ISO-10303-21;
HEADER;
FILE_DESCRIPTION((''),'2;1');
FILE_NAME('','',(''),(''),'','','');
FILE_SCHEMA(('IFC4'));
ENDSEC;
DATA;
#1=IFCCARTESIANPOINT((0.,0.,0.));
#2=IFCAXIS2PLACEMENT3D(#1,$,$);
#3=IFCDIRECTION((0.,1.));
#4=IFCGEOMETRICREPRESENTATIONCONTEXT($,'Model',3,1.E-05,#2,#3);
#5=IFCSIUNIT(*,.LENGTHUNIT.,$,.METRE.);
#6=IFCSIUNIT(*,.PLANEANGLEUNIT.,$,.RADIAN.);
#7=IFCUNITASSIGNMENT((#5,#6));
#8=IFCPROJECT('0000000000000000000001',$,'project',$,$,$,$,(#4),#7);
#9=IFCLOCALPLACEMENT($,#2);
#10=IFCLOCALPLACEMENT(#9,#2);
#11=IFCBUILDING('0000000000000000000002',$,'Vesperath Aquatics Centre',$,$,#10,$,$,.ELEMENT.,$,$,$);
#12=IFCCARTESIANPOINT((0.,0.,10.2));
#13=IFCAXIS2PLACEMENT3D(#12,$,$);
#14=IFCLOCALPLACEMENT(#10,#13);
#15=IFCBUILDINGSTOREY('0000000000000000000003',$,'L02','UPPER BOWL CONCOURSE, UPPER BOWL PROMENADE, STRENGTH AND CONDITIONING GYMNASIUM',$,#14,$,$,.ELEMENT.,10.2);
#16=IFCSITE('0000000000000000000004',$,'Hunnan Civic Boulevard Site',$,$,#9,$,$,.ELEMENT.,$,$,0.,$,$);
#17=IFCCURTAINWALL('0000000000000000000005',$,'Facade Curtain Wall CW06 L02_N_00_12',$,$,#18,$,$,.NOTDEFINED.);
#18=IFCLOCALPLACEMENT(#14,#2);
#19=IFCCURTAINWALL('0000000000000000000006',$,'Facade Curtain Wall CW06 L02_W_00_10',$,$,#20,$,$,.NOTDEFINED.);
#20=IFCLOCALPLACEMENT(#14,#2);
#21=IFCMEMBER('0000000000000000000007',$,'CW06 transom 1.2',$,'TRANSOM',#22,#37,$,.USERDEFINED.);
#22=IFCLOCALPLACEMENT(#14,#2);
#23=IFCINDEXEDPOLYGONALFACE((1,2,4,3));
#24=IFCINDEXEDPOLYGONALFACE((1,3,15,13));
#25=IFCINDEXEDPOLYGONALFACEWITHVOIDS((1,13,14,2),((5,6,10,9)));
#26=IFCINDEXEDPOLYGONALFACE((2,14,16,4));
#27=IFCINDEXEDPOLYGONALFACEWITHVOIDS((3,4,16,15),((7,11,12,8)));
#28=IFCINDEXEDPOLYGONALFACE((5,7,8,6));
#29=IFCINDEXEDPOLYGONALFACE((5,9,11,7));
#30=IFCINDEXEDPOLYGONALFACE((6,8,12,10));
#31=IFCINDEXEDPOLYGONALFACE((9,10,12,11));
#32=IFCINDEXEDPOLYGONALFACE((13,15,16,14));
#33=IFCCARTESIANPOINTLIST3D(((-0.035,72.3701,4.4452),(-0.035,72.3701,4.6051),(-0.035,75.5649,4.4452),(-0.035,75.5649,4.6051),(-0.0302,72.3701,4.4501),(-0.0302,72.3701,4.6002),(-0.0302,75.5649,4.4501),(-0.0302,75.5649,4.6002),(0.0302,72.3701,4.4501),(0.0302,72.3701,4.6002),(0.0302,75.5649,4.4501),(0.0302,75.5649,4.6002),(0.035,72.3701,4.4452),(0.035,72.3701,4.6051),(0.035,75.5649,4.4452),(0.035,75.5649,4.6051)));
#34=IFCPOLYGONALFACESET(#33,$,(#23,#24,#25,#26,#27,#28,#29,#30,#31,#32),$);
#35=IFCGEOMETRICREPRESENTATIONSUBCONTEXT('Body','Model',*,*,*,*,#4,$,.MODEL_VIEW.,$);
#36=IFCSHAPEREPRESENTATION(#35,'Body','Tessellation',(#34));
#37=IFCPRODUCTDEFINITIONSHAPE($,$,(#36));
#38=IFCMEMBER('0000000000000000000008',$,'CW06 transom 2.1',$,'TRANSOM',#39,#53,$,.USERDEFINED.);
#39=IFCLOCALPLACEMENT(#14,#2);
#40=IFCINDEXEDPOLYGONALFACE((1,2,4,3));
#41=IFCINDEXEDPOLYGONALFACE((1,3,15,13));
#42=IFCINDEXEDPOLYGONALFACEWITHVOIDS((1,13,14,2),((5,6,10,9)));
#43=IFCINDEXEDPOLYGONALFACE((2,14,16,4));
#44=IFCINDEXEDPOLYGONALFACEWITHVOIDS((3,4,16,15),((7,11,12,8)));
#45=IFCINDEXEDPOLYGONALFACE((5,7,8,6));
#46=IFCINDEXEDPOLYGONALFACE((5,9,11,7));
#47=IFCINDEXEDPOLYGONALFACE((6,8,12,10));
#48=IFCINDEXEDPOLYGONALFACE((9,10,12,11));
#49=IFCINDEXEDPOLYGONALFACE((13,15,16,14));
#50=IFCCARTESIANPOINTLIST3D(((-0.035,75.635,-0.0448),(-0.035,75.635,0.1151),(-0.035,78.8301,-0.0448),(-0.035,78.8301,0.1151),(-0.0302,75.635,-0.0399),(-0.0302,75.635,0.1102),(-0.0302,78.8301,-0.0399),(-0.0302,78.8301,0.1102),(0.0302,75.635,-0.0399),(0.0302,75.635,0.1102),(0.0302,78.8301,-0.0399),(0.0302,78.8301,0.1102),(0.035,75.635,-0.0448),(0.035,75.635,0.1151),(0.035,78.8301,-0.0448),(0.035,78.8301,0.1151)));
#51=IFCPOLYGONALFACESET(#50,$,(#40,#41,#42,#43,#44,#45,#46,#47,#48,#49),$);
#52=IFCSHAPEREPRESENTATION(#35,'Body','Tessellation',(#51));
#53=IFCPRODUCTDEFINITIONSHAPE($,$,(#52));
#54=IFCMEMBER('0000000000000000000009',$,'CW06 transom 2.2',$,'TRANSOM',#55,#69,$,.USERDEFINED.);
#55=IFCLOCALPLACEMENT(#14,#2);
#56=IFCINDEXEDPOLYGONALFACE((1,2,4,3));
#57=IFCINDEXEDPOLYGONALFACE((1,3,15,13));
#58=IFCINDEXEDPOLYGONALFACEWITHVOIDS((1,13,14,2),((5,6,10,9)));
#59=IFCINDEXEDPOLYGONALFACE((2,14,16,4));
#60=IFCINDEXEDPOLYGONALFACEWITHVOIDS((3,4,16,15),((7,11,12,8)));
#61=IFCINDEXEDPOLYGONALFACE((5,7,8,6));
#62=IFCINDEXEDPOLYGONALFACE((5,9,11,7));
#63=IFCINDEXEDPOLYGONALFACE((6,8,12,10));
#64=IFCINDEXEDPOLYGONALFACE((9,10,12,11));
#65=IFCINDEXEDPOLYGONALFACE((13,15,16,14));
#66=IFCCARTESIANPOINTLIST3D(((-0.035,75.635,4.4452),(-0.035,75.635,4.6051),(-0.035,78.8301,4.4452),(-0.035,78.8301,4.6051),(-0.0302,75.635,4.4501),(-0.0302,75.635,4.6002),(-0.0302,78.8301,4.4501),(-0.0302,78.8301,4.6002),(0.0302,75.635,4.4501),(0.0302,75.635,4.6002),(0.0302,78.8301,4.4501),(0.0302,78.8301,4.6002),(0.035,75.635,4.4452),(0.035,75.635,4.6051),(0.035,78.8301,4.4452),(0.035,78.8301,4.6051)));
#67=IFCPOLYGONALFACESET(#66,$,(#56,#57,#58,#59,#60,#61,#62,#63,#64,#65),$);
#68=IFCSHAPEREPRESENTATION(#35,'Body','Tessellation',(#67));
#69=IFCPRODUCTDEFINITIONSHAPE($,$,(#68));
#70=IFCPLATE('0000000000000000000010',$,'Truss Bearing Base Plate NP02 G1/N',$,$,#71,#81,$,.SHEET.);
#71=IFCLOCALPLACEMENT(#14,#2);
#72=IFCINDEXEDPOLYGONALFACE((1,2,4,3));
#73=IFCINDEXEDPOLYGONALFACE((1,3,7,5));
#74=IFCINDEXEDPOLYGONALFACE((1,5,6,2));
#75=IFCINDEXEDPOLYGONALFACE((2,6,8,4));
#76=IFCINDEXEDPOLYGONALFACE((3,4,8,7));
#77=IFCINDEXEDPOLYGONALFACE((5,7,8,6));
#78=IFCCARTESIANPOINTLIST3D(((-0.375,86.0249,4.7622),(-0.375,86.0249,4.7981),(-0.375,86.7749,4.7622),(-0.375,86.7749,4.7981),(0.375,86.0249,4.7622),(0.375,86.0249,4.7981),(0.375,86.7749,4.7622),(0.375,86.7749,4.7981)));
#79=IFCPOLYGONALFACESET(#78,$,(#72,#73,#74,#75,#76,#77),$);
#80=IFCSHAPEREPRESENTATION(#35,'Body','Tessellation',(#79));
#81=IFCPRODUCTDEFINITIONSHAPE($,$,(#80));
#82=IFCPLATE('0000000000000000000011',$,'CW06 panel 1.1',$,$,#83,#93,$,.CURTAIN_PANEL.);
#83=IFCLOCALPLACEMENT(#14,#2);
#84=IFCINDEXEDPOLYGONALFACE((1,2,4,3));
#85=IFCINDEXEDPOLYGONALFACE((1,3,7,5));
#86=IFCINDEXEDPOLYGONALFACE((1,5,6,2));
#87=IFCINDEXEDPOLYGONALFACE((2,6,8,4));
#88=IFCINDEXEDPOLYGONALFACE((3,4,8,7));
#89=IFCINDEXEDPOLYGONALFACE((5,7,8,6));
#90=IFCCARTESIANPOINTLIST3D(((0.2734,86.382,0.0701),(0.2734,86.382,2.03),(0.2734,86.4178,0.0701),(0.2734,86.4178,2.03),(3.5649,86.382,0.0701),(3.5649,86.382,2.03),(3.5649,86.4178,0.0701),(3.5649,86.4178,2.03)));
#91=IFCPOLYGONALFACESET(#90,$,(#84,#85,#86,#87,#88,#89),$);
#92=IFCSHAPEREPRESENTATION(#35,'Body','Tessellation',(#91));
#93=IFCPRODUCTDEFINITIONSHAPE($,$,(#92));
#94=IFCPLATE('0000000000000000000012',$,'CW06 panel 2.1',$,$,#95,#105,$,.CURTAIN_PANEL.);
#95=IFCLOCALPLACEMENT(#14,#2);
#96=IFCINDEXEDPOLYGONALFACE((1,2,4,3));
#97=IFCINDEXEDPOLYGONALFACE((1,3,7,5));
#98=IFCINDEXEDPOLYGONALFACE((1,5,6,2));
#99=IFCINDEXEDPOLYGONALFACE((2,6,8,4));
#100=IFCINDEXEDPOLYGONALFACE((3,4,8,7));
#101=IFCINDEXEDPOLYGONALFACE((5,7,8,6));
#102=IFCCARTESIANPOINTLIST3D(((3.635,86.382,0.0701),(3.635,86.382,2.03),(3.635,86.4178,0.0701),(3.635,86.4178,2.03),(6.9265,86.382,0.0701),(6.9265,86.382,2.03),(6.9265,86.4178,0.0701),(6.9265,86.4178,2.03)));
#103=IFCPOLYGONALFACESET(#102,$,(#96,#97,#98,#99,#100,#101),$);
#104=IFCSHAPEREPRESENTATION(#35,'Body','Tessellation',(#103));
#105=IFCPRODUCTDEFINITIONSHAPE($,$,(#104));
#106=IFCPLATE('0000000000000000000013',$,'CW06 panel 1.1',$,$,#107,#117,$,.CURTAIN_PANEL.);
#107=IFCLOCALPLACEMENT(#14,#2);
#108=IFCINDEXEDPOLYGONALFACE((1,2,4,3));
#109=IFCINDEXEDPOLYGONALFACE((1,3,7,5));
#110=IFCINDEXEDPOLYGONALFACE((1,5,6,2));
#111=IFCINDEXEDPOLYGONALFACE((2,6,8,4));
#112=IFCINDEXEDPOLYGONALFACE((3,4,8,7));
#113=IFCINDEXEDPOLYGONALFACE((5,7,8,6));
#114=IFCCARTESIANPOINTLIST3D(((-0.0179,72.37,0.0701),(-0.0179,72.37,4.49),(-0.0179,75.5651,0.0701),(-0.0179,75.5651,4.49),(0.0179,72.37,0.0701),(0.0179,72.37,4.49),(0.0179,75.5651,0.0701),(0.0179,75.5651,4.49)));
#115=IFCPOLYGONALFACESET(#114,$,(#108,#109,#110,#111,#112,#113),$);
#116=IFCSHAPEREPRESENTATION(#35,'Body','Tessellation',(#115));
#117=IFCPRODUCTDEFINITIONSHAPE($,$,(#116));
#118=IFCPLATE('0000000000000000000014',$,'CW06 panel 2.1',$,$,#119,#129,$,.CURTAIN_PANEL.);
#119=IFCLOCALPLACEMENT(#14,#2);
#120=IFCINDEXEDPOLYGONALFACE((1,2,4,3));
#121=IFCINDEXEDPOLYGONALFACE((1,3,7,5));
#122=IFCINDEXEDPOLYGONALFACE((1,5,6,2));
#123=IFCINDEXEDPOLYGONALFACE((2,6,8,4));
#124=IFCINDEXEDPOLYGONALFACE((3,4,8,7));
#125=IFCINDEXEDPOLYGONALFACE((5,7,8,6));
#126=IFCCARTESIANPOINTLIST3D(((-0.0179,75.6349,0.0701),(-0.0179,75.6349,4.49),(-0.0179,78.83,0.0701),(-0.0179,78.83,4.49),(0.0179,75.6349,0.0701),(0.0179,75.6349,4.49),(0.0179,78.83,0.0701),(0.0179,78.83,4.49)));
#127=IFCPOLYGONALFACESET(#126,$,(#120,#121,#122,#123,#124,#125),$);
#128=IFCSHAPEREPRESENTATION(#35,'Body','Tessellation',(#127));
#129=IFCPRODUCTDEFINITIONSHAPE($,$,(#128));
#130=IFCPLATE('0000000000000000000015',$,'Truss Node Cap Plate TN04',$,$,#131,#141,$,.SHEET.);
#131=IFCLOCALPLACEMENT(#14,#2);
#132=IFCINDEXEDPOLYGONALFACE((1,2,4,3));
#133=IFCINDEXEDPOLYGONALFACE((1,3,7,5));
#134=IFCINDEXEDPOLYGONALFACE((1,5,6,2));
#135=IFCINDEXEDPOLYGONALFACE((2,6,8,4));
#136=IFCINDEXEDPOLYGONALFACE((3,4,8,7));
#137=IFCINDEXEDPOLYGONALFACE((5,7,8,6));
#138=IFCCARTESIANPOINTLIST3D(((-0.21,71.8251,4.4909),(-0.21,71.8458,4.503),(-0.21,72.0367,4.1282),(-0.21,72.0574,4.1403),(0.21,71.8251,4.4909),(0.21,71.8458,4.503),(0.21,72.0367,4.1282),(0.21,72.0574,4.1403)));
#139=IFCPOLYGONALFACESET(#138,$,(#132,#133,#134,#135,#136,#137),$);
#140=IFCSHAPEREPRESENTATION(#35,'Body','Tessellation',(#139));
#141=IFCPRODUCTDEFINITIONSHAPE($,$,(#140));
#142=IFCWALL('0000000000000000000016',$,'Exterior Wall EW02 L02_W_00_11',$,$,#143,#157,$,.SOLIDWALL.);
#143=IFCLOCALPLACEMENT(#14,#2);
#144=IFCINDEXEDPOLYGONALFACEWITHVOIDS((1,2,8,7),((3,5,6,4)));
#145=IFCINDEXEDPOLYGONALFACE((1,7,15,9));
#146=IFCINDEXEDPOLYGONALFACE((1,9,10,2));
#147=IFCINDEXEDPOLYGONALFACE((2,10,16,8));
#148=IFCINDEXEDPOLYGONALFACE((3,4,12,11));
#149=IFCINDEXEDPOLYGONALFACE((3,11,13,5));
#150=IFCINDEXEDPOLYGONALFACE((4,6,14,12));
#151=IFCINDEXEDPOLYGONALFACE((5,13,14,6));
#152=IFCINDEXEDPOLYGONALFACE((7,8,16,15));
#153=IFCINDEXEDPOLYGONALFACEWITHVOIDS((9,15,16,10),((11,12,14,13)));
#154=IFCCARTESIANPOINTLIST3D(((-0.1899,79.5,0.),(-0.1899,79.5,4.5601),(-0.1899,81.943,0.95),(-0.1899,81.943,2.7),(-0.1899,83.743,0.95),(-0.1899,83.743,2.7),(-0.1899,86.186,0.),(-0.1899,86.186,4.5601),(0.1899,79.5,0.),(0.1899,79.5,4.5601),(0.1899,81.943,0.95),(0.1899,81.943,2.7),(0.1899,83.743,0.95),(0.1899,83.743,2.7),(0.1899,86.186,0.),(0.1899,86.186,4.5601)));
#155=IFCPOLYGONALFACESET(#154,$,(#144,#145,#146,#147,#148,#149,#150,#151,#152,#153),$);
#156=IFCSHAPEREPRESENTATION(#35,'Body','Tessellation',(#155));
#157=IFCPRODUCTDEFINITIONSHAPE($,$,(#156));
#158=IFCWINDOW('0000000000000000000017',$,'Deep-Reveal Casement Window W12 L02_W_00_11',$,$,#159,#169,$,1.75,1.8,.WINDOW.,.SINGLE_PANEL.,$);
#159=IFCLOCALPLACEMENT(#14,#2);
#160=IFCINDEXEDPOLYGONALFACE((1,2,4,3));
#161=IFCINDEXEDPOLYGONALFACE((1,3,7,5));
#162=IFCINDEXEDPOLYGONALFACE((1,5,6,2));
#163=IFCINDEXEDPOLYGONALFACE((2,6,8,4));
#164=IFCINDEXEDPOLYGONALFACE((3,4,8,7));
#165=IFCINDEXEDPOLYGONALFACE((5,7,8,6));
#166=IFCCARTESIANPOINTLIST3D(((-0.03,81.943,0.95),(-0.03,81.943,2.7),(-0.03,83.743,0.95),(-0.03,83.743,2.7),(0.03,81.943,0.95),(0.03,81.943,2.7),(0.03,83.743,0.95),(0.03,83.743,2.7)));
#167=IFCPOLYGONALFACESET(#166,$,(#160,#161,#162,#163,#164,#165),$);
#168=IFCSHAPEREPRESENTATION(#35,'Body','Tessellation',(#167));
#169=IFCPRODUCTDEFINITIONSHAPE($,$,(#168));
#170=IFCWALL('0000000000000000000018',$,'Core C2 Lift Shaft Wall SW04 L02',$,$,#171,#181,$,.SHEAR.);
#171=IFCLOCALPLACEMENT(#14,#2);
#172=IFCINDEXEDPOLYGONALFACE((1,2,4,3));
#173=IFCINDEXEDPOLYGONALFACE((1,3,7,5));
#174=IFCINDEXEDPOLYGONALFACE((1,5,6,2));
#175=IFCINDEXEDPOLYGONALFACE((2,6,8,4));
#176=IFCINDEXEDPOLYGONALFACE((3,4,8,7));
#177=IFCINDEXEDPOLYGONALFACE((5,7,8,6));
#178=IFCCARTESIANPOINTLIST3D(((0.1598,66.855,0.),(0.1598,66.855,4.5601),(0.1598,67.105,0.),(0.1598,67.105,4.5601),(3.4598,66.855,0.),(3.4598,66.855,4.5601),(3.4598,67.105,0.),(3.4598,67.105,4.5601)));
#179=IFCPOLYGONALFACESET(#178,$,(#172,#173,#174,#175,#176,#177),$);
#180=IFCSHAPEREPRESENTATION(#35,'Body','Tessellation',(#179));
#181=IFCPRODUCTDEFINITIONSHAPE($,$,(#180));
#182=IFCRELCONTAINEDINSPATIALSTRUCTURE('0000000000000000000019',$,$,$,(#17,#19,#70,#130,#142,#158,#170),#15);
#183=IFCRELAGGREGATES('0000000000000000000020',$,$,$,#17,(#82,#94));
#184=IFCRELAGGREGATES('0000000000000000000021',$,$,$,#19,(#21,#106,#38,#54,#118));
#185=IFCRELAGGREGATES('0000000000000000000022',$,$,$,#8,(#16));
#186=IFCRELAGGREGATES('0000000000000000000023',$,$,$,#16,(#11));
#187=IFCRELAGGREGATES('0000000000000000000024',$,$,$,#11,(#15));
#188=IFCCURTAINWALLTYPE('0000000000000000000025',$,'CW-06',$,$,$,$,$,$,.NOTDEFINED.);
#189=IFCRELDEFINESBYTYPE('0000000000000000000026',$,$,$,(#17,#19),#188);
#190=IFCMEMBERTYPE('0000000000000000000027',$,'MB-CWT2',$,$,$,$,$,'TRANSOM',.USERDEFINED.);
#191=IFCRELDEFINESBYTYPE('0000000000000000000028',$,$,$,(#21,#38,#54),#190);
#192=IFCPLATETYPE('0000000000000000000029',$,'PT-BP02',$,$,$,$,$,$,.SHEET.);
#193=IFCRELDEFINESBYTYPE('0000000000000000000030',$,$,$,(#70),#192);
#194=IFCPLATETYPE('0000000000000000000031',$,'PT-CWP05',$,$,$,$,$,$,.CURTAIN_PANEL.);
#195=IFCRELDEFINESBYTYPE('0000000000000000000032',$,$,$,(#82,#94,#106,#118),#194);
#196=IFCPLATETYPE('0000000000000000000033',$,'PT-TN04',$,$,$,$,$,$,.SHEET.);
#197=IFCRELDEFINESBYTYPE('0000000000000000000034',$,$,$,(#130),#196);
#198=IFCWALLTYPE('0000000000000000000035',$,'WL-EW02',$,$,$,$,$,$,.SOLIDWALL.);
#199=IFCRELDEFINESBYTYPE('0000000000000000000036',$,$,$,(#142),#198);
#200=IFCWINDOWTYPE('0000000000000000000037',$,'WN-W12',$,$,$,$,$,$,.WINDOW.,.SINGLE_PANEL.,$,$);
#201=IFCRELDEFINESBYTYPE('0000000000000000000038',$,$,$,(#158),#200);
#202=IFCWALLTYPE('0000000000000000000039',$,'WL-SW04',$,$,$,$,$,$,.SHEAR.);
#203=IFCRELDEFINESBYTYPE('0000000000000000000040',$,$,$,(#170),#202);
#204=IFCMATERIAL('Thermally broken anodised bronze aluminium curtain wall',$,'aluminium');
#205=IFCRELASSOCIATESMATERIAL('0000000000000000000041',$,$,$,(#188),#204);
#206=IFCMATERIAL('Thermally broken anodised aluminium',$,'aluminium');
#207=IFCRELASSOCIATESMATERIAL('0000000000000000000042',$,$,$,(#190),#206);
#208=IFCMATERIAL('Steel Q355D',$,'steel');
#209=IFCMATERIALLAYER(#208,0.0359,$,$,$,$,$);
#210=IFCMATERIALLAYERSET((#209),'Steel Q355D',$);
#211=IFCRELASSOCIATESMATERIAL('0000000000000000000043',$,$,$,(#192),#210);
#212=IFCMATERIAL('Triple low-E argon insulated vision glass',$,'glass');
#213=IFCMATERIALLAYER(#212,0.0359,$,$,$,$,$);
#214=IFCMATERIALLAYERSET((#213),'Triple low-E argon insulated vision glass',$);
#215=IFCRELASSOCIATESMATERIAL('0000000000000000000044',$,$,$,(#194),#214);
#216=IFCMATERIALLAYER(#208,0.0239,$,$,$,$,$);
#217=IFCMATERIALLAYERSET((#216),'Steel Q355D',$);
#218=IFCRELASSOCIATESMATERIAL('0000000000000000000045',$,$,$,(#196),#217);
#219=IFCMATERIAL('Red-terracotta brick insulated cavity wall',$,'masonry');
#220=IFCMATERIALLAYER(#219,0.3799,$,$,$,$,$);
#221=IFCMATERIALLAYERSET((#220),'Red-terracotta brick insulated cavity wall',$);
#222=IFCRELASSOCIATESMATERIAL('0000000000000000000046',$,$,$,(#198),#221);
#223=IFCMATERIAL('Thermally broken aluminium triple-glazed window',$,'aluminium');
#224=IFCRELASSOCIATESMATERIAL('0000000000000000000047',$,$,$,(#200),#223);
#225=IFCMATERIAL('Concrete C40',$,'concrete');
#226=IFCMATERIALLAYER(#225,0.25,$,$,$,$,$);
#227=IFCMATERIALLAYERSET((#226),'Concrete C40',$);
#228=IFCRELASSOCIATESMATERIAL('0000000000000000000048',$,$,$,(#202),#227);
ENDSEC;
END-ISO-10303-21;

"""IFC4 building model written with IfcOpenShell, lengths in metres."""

from ifc_helpers import new_model, si_unit, direction, frame, frame_2d, origin, origin_2d, place, context, subcontext, project, spatial, rectangle, hollow_rectangle, extrude, material, layer, layer_set, material_profile, profile_set, type_object, element, fill, aggregate, save


model = new_model("IFC4")

# Units and contexts
model_context = context("Model", 3, precision=1e-05, world=origin(), true_north=direction((0.0, 1.0)))
body_context = subcontext(model_context, "Body", "Model", "MODEL_VIEW")
ifc_project = project(units=[si_unit("LENGTHUNIT", "METRE"), si_unit("PLANEANGLEUNIT", "RADIAN")], contexts=[model_context])

# Site, building, storey
site_placement = place(None, origin())
site = spatial("IfcSite", under=ifc_project, at=site_placement, Name="Hunnan Civic Boulevard Site", CompositionType="ELEMENT", RefElevation=0.0)
building_placement = place(site_placement, origin())
building = spatial("IfcBuilding", under=site, at=building_placement, Name="Vesperath Aquatics Centre", CompositionType="ELEMENT")
storey_placement = place(building_placement, frame((0.0, 0.0, 10.2)))
storey = spatial("IfcBuildingStorey", under=building, at=storey_placement, Name="L02", Description="UPPER BOWL CONCOURSE, UPPER BOWL PROMENADE, STRENGTH AND CONDITIONING GYMNASIUM", CompositionType="ELEMENT", Elevation=10.2)

# Shared definitions
ifc_material_1 = material(Name="Concrete C40", Category="concrete")
ifc_material_2 = material(Name="Steel Q355D", Category="steel")

# Curtain walls
ifc_material_3 = material(Name="Thermally broken anodised bronze aluminium curtain wall", Category="aluminium")
curtain_wall_type = type_object("IfcCurtainWallType", Name="CW-06", PredefinedType="NOTDEFINED", material=ifc_material_3)
curtain_wall_1_placement = place(storey_placement, origin())
curtain_wall_1 = element("IfcCurtainWall", 1, at=curtain_wall_1_placement, inside=storey, type_object=curtain_wall_type, Name="Facade Curtain Wall CW06 L02_N_00_12", PredefinedType="NOTDEFINED")
ifc_material_4 = material(Name="Thermally broken anodised aluminium", Category="aluminium")
curtain_wall_2_placement = place(storey_placement, origin())
curtain_wall_2 = element("IfcCurtainWall", 2, at=curtain_wall_2_placement, inside=storey, type_object=curtain_wall_type, Name="Facade Curtain Wall CW06 L02_W_00_10", PredefinedType="NOTDEFINED")

# Members
ifc_material_profile_1 = material_profile(ifc_material_4, hollow_rectangle(XDim=0.0701, YDim=0.1599, WallThickness=0.0049, at=origin_2d()), Name="CWT 70x160x5")
ifc_profile_set_1 = profile_set([ifc_material_profile_1], Name="Thermally broken anodised aluminium")
member_type_1 = type_object("IfcMemberType", Name="MB-CWT2", ElementType="TRANSOM", PredefinedType="USERDEFINED", material=ifc_profile_set_1)
member_1_placement = place(storey_placement, frame((0.0, 72.3701, 4.5251), z_axis=(0.0, 1.0, 0.0), x_axis=(-1.0, 0.0, 0.0)))
member_1 = element("IfcMember", 3, at=member_1_placement, type_object=member_type_1, Name="CW06 transom 1.2", ObjectType="TRANSOM", PredefinedType="USERDEFINED", context=body_context, shape_type="SweptSolid", body=[
    extrude(hollow_rectangle(XDim=0.0701, YDim=0.1599, WallThickness=0.0049, at=origin_2d()), origin(), (0.0, 0.0, 1.0), 3.1948),
])
member_2_placement = place(storey_placement, frame((0.0, 75.635, 0.0352), z_axis=(0.0, 1.0, 0.0), x_axis=(-1.0, 0.0, 0.0)))
member_2 = element("IfcMember", 4, at=member_2_placement, type_object=member_type_1, Name="CW06 transom 2.1", ObjectType="TRANSOM", PredefinedType="USERDEFINED", context=body_context, shape_type="SweptSolid", body=[
    extrude(hollow_rectangle(XDim=0.0701, YDim=0.1599, WallThickness=0.0049, at=origin_2d()), origin(), (0.0, 0.0, 1.0), 3.1951),
])
member_3_placement = place(storey_placement, frame((0.0, 75.635, 4.5251), z_axis=(0.0, 1.0, 0.0), x_axis=(-1.0, 0.0, 0.0)))
member_3 = element("IfcMember", 5, at=member_3_placement, type_object=member_type_1, Name="CW06 transom 2.2", ObjectType="TRANSOM", PredefinedType="USERDEFINED", context=body_context, shape_type="SweptSolid", body=[
    extrude(hollow_rectangle(XDim=0.0701, YDim=0.1599, WallThickness=0.0049, at=origin_2d()), origin(), (0.0, 0.0, 1.0), 3.1951),
])

# Plates
ifc_layer_1 = layer(ifc_material_2, 0.0359)
ifc_layer_set_1 = layer_set([ifc_layer_1], Name="Steel Q355D")
plate_type_1 = type_object("IfcPlateType", Name="PT-BP02", PredefinedType="SHEET", material=ifc_layer_set_1)
plate_1_placement = place(storey_placement, frame((0.0, 86.3999, 4.7622), z_axis=(0.0, 0.0, 1.0), x_axis=(1.0, 0.0, 0.0)))
element("IfcPlate", 6, at=plate_1_placement, inside=storey, type_object=plate_type_1, Name="Truss Bearing Base Plate NP02 G1/N", PredefinedType="SHEET", context=body_context, shape_type="SweptSolid", body=[
    extrude(rectangle(XDim=0.75, YDim=0.75, at=origin_2d()), origin(), (0.0, 0.0, 1.0), 0.0359),
])
ifc_material_5 = material(Name="Triple low-E argon insulated vision glass", Category="glass")
ifc_layer_2 = layer(ifc_material_5, 0.0359)
ifc_layer_set_2 = layer_set([ifc_layer_2], Name="Triple low-E argon insulated vision glass")
plate_type_2 = type_object("IfcPlateType", Name="PT-CWP05", PredefinedType="CURTAIN_PANEL", material=ifc_layer_set_2)
plate_2_placement = place(storey_placement, frame((1.9192, 86.3999, 0.0701), z_axis=(0.0, 0.0, 1.0), x_axis=(1.0, 0.0, 0.0)))
plate_2 = element("IfcPlate", 7, at=plate_2_placement, type_object=plate_type_2, Name="CW06 panel 1.1", PredefinedType="CURTAIN_PANEL", context=body_context, shape_type="SweptSolid", body=[
    extrude(rectangle(XDim=3.2915, YDim=0.0359, at=origin_2d()), origin(), (0.0, 0.0, 1.0), 1.96),
])
plate_3_placement = place(storey_placement, frame((5.2808, 86.3999, 0.0701), z_axis=(0.0, 0.0, 1.0), x_axis=(1.0, 0.0, 0.0)))
plate_3 = element("IfcPlate", 8, at=plate_3_placement, type_object=plate_type_2, Name="CW06 panel 2.1", PredefinedType="CURTAIN_PANEL", context=body_context, shape_type="SweptSolid", body=[
    extrude(rectangle(XDim=3.2915, YDim=0.0359, at=origin_2d()), origin(), (0.0, 0.0, 1.0), 1.96),
])
aggregate(curtain_wall_1, [plate_2, plate_3])
plate_4_placement = place(storey_placement, frame((0.0, 73.9675, 0.0701), z_axis=(0.0, 0.0, 1.0), x_axis=(0.0, 1.0, 0.0)))
plate_4 = element("IfcPlate", 9, at=plate_4_placement, type_object=plate_type_2, Name="CW06 panel 1.1", PredefinedType="CURTAIN_PANEL", context=body_context, shape_type="SweptSolid", body=[
    extrude(rectangle(XDim=3.1951, YDim=0.0359, at=origin_2d()), origin(), (0.0, 0.0, 1.0), 4.4199),
])
plate_5_placement = place(storey_placement, frame((0.0, 77.2324, 0.0701), z_axis=(0.0, 0.0, 1.0), x_axis=(0.0, 1.0, 0.0)))
plate_5 = element("IfcPlate", 10, at=plate_5_placement, type_object=plate_type_2, Name="CW06 panel 2.1", PredefinedType="CURTAIN_PANEL", context=body_context, shape_type="SweptSolid", body=[
    extrude(rectangle(XDim=3.1951, YDim=0.0359, at=origin_2d()), origin(), (0.0, 0.0, 1.0), 4.4199),
])
aggregate(curtain_wall_2, [member_1, plate_4, member_2, member_3, plate_5])
ifc_layer_3 = layer(ifc_material_2, 0.0239)
ifc_layer_set_3 = layer_set([ifc_layer_3], Name="Steel Q355D")
plate_type_3 = type_object("IfcPlateType", Name="PT-TN04", PredefinedType="SHEET", material=ifc_layer_set_3)
plate_6_placement = place(storey_placement, frame((0.0, 71.9309, 4.3096), z_axis=(0.0, 0.863779, 0.503871), x_axis=(-1.0, 0.0, 0.0)))
element("IfcPlate", 11, at=plate_6_placement, inside=storey, type_object=plate_type_3, Name="Truss Node Cap Plate TN04", PredefinedType="SHEET", context=body_context, shape_type="SweptSolid", body=[
    extrude(rectangle(XDim=0.4199, YDim=0.4199, at=origin_2d()), origin(), (0.0, 0.0, 1.0), 0.0239),
])

# Wall, opening, window
ifc_material_6 = material(Name="Red-terracotta brick insulated cavity wall", Category="masonry")
ifc_layer_4 = layer(ifc_material_6, 0.3799)
ifc_layer_set_4 = layer_set([ifc_layer_4], Name="Red-terracotta brick insulated cavity wall")
wall_type_1 = type_object("IfcWallType", Name="WL-EW02", PredefinedType="SOLIDWALL", material=ifc_layer_set_4)
wall_1_placement = place(storey_placement, frame((0.0, 79.5, 0.0), z_axis=(0.0, 0.0, 1.0), x_axis=(0.0, 1.0, 0.0)))
wall_1 = element("IfcWall", 12, at=wall_1_placement, inside=storey, type_object=wall_type_1, Name="Exterior Wall EW02 L02_W_00_11", PredefinedType="SOLIDWALL", context=body_context, shape_type="SweptSolid", body=[
    extrude(rectangle(XDim=6.686, YDim=0.3799, at=frame_2d((3.343, 0.0))), origin(), (0.0, 0.0, 1.0), 4.5601),
])
opening_placement = place(wall_1_placement, frame((2.4431, 0.0, 0.95)))
opening = element("IfcOpeningElement", 13, at=opening_placement, cuts=wall_1, PredefinedType="OPENING", context=body_context, shape_type="SweptSolid", body=[
    extrude(rectangle(XDim=1.8, YDim=1.75, at=frame_2d((0.8999, 0.875))), frame((0.0, 0.2048, 0.0), z_axis=(0.0, -1.0, 0.0), x_axis=(1.0, 0.0, 0.0)), (0.0, 0.0, 1.0), 0.4097),
])
ifc_material_7 = material(Name="Thermally broken aluminium triple-glazed window", Category="aluminium")
window_type = type_object("IfcWindowType", Name="WN-W12", PartitioningType="SINGLE_PANEL", PredefinedType="WINDOW", material=ifc_material_7)
window_placement = place(opening_placement, origin())
window = element("IfcWindow", 14, at=window_placement, inside=storey, type_object=window_type, Name="Deep-Reveal Casement Window W12 L02_W_00_11", OverallHeight=1.75, OverallWidth=1.8, PartitioningType="SINGLE_PANEL", PredefinedType="WINDOW", context=body_context, shape_type="SweptSolid", body=[
    extrude(rectangle(XDim=1.8, YDim=1.75, at=frame_2d((0.8999, 0.875))), frame((0.0, 0.03, 0.0), z_axis=(0.0, -1.0, 0.0), x_axis=(1.0, 0.0, 0.0)), (0.0, 0.0, 1.0), 0.0601),
])
fill(opening, window)

# Wall
ifc_layer_5 = layer(ifc_material_1, 0.25)
ifc_layer_set_5 = layer_set([ifc_layer_5], Name="Concrete C40")
wall_type_2 = type_object("IfcWallType", Name="WL-SW04", PredefinedType="SHEAR", material=ifc_layer_set_5)
wall_2_placement = place(storey_placement, frame((0.1599, 66.98, 0.0), z_axis=(0.0, 0.0, 1.0), x_axis=(1.0, 0.0, 0.0)))
element("IfcWall", 15, at=wall_2_placement, inside=storey, type_object=wall_type_2, Name="Core C2 Lift Shaft Wall SW04 L02", PredefinedType="SHEAR", context=body_context, shape_type="SweptSolid", body=[
    extrude(rectangle(XDim=3.3, YDim=0.25, at=frame_2d((1.6499, 0.0))), origin(), (0.0, 0.0, 1.0), 4.5601),
])

save(model, "model.ifc")
